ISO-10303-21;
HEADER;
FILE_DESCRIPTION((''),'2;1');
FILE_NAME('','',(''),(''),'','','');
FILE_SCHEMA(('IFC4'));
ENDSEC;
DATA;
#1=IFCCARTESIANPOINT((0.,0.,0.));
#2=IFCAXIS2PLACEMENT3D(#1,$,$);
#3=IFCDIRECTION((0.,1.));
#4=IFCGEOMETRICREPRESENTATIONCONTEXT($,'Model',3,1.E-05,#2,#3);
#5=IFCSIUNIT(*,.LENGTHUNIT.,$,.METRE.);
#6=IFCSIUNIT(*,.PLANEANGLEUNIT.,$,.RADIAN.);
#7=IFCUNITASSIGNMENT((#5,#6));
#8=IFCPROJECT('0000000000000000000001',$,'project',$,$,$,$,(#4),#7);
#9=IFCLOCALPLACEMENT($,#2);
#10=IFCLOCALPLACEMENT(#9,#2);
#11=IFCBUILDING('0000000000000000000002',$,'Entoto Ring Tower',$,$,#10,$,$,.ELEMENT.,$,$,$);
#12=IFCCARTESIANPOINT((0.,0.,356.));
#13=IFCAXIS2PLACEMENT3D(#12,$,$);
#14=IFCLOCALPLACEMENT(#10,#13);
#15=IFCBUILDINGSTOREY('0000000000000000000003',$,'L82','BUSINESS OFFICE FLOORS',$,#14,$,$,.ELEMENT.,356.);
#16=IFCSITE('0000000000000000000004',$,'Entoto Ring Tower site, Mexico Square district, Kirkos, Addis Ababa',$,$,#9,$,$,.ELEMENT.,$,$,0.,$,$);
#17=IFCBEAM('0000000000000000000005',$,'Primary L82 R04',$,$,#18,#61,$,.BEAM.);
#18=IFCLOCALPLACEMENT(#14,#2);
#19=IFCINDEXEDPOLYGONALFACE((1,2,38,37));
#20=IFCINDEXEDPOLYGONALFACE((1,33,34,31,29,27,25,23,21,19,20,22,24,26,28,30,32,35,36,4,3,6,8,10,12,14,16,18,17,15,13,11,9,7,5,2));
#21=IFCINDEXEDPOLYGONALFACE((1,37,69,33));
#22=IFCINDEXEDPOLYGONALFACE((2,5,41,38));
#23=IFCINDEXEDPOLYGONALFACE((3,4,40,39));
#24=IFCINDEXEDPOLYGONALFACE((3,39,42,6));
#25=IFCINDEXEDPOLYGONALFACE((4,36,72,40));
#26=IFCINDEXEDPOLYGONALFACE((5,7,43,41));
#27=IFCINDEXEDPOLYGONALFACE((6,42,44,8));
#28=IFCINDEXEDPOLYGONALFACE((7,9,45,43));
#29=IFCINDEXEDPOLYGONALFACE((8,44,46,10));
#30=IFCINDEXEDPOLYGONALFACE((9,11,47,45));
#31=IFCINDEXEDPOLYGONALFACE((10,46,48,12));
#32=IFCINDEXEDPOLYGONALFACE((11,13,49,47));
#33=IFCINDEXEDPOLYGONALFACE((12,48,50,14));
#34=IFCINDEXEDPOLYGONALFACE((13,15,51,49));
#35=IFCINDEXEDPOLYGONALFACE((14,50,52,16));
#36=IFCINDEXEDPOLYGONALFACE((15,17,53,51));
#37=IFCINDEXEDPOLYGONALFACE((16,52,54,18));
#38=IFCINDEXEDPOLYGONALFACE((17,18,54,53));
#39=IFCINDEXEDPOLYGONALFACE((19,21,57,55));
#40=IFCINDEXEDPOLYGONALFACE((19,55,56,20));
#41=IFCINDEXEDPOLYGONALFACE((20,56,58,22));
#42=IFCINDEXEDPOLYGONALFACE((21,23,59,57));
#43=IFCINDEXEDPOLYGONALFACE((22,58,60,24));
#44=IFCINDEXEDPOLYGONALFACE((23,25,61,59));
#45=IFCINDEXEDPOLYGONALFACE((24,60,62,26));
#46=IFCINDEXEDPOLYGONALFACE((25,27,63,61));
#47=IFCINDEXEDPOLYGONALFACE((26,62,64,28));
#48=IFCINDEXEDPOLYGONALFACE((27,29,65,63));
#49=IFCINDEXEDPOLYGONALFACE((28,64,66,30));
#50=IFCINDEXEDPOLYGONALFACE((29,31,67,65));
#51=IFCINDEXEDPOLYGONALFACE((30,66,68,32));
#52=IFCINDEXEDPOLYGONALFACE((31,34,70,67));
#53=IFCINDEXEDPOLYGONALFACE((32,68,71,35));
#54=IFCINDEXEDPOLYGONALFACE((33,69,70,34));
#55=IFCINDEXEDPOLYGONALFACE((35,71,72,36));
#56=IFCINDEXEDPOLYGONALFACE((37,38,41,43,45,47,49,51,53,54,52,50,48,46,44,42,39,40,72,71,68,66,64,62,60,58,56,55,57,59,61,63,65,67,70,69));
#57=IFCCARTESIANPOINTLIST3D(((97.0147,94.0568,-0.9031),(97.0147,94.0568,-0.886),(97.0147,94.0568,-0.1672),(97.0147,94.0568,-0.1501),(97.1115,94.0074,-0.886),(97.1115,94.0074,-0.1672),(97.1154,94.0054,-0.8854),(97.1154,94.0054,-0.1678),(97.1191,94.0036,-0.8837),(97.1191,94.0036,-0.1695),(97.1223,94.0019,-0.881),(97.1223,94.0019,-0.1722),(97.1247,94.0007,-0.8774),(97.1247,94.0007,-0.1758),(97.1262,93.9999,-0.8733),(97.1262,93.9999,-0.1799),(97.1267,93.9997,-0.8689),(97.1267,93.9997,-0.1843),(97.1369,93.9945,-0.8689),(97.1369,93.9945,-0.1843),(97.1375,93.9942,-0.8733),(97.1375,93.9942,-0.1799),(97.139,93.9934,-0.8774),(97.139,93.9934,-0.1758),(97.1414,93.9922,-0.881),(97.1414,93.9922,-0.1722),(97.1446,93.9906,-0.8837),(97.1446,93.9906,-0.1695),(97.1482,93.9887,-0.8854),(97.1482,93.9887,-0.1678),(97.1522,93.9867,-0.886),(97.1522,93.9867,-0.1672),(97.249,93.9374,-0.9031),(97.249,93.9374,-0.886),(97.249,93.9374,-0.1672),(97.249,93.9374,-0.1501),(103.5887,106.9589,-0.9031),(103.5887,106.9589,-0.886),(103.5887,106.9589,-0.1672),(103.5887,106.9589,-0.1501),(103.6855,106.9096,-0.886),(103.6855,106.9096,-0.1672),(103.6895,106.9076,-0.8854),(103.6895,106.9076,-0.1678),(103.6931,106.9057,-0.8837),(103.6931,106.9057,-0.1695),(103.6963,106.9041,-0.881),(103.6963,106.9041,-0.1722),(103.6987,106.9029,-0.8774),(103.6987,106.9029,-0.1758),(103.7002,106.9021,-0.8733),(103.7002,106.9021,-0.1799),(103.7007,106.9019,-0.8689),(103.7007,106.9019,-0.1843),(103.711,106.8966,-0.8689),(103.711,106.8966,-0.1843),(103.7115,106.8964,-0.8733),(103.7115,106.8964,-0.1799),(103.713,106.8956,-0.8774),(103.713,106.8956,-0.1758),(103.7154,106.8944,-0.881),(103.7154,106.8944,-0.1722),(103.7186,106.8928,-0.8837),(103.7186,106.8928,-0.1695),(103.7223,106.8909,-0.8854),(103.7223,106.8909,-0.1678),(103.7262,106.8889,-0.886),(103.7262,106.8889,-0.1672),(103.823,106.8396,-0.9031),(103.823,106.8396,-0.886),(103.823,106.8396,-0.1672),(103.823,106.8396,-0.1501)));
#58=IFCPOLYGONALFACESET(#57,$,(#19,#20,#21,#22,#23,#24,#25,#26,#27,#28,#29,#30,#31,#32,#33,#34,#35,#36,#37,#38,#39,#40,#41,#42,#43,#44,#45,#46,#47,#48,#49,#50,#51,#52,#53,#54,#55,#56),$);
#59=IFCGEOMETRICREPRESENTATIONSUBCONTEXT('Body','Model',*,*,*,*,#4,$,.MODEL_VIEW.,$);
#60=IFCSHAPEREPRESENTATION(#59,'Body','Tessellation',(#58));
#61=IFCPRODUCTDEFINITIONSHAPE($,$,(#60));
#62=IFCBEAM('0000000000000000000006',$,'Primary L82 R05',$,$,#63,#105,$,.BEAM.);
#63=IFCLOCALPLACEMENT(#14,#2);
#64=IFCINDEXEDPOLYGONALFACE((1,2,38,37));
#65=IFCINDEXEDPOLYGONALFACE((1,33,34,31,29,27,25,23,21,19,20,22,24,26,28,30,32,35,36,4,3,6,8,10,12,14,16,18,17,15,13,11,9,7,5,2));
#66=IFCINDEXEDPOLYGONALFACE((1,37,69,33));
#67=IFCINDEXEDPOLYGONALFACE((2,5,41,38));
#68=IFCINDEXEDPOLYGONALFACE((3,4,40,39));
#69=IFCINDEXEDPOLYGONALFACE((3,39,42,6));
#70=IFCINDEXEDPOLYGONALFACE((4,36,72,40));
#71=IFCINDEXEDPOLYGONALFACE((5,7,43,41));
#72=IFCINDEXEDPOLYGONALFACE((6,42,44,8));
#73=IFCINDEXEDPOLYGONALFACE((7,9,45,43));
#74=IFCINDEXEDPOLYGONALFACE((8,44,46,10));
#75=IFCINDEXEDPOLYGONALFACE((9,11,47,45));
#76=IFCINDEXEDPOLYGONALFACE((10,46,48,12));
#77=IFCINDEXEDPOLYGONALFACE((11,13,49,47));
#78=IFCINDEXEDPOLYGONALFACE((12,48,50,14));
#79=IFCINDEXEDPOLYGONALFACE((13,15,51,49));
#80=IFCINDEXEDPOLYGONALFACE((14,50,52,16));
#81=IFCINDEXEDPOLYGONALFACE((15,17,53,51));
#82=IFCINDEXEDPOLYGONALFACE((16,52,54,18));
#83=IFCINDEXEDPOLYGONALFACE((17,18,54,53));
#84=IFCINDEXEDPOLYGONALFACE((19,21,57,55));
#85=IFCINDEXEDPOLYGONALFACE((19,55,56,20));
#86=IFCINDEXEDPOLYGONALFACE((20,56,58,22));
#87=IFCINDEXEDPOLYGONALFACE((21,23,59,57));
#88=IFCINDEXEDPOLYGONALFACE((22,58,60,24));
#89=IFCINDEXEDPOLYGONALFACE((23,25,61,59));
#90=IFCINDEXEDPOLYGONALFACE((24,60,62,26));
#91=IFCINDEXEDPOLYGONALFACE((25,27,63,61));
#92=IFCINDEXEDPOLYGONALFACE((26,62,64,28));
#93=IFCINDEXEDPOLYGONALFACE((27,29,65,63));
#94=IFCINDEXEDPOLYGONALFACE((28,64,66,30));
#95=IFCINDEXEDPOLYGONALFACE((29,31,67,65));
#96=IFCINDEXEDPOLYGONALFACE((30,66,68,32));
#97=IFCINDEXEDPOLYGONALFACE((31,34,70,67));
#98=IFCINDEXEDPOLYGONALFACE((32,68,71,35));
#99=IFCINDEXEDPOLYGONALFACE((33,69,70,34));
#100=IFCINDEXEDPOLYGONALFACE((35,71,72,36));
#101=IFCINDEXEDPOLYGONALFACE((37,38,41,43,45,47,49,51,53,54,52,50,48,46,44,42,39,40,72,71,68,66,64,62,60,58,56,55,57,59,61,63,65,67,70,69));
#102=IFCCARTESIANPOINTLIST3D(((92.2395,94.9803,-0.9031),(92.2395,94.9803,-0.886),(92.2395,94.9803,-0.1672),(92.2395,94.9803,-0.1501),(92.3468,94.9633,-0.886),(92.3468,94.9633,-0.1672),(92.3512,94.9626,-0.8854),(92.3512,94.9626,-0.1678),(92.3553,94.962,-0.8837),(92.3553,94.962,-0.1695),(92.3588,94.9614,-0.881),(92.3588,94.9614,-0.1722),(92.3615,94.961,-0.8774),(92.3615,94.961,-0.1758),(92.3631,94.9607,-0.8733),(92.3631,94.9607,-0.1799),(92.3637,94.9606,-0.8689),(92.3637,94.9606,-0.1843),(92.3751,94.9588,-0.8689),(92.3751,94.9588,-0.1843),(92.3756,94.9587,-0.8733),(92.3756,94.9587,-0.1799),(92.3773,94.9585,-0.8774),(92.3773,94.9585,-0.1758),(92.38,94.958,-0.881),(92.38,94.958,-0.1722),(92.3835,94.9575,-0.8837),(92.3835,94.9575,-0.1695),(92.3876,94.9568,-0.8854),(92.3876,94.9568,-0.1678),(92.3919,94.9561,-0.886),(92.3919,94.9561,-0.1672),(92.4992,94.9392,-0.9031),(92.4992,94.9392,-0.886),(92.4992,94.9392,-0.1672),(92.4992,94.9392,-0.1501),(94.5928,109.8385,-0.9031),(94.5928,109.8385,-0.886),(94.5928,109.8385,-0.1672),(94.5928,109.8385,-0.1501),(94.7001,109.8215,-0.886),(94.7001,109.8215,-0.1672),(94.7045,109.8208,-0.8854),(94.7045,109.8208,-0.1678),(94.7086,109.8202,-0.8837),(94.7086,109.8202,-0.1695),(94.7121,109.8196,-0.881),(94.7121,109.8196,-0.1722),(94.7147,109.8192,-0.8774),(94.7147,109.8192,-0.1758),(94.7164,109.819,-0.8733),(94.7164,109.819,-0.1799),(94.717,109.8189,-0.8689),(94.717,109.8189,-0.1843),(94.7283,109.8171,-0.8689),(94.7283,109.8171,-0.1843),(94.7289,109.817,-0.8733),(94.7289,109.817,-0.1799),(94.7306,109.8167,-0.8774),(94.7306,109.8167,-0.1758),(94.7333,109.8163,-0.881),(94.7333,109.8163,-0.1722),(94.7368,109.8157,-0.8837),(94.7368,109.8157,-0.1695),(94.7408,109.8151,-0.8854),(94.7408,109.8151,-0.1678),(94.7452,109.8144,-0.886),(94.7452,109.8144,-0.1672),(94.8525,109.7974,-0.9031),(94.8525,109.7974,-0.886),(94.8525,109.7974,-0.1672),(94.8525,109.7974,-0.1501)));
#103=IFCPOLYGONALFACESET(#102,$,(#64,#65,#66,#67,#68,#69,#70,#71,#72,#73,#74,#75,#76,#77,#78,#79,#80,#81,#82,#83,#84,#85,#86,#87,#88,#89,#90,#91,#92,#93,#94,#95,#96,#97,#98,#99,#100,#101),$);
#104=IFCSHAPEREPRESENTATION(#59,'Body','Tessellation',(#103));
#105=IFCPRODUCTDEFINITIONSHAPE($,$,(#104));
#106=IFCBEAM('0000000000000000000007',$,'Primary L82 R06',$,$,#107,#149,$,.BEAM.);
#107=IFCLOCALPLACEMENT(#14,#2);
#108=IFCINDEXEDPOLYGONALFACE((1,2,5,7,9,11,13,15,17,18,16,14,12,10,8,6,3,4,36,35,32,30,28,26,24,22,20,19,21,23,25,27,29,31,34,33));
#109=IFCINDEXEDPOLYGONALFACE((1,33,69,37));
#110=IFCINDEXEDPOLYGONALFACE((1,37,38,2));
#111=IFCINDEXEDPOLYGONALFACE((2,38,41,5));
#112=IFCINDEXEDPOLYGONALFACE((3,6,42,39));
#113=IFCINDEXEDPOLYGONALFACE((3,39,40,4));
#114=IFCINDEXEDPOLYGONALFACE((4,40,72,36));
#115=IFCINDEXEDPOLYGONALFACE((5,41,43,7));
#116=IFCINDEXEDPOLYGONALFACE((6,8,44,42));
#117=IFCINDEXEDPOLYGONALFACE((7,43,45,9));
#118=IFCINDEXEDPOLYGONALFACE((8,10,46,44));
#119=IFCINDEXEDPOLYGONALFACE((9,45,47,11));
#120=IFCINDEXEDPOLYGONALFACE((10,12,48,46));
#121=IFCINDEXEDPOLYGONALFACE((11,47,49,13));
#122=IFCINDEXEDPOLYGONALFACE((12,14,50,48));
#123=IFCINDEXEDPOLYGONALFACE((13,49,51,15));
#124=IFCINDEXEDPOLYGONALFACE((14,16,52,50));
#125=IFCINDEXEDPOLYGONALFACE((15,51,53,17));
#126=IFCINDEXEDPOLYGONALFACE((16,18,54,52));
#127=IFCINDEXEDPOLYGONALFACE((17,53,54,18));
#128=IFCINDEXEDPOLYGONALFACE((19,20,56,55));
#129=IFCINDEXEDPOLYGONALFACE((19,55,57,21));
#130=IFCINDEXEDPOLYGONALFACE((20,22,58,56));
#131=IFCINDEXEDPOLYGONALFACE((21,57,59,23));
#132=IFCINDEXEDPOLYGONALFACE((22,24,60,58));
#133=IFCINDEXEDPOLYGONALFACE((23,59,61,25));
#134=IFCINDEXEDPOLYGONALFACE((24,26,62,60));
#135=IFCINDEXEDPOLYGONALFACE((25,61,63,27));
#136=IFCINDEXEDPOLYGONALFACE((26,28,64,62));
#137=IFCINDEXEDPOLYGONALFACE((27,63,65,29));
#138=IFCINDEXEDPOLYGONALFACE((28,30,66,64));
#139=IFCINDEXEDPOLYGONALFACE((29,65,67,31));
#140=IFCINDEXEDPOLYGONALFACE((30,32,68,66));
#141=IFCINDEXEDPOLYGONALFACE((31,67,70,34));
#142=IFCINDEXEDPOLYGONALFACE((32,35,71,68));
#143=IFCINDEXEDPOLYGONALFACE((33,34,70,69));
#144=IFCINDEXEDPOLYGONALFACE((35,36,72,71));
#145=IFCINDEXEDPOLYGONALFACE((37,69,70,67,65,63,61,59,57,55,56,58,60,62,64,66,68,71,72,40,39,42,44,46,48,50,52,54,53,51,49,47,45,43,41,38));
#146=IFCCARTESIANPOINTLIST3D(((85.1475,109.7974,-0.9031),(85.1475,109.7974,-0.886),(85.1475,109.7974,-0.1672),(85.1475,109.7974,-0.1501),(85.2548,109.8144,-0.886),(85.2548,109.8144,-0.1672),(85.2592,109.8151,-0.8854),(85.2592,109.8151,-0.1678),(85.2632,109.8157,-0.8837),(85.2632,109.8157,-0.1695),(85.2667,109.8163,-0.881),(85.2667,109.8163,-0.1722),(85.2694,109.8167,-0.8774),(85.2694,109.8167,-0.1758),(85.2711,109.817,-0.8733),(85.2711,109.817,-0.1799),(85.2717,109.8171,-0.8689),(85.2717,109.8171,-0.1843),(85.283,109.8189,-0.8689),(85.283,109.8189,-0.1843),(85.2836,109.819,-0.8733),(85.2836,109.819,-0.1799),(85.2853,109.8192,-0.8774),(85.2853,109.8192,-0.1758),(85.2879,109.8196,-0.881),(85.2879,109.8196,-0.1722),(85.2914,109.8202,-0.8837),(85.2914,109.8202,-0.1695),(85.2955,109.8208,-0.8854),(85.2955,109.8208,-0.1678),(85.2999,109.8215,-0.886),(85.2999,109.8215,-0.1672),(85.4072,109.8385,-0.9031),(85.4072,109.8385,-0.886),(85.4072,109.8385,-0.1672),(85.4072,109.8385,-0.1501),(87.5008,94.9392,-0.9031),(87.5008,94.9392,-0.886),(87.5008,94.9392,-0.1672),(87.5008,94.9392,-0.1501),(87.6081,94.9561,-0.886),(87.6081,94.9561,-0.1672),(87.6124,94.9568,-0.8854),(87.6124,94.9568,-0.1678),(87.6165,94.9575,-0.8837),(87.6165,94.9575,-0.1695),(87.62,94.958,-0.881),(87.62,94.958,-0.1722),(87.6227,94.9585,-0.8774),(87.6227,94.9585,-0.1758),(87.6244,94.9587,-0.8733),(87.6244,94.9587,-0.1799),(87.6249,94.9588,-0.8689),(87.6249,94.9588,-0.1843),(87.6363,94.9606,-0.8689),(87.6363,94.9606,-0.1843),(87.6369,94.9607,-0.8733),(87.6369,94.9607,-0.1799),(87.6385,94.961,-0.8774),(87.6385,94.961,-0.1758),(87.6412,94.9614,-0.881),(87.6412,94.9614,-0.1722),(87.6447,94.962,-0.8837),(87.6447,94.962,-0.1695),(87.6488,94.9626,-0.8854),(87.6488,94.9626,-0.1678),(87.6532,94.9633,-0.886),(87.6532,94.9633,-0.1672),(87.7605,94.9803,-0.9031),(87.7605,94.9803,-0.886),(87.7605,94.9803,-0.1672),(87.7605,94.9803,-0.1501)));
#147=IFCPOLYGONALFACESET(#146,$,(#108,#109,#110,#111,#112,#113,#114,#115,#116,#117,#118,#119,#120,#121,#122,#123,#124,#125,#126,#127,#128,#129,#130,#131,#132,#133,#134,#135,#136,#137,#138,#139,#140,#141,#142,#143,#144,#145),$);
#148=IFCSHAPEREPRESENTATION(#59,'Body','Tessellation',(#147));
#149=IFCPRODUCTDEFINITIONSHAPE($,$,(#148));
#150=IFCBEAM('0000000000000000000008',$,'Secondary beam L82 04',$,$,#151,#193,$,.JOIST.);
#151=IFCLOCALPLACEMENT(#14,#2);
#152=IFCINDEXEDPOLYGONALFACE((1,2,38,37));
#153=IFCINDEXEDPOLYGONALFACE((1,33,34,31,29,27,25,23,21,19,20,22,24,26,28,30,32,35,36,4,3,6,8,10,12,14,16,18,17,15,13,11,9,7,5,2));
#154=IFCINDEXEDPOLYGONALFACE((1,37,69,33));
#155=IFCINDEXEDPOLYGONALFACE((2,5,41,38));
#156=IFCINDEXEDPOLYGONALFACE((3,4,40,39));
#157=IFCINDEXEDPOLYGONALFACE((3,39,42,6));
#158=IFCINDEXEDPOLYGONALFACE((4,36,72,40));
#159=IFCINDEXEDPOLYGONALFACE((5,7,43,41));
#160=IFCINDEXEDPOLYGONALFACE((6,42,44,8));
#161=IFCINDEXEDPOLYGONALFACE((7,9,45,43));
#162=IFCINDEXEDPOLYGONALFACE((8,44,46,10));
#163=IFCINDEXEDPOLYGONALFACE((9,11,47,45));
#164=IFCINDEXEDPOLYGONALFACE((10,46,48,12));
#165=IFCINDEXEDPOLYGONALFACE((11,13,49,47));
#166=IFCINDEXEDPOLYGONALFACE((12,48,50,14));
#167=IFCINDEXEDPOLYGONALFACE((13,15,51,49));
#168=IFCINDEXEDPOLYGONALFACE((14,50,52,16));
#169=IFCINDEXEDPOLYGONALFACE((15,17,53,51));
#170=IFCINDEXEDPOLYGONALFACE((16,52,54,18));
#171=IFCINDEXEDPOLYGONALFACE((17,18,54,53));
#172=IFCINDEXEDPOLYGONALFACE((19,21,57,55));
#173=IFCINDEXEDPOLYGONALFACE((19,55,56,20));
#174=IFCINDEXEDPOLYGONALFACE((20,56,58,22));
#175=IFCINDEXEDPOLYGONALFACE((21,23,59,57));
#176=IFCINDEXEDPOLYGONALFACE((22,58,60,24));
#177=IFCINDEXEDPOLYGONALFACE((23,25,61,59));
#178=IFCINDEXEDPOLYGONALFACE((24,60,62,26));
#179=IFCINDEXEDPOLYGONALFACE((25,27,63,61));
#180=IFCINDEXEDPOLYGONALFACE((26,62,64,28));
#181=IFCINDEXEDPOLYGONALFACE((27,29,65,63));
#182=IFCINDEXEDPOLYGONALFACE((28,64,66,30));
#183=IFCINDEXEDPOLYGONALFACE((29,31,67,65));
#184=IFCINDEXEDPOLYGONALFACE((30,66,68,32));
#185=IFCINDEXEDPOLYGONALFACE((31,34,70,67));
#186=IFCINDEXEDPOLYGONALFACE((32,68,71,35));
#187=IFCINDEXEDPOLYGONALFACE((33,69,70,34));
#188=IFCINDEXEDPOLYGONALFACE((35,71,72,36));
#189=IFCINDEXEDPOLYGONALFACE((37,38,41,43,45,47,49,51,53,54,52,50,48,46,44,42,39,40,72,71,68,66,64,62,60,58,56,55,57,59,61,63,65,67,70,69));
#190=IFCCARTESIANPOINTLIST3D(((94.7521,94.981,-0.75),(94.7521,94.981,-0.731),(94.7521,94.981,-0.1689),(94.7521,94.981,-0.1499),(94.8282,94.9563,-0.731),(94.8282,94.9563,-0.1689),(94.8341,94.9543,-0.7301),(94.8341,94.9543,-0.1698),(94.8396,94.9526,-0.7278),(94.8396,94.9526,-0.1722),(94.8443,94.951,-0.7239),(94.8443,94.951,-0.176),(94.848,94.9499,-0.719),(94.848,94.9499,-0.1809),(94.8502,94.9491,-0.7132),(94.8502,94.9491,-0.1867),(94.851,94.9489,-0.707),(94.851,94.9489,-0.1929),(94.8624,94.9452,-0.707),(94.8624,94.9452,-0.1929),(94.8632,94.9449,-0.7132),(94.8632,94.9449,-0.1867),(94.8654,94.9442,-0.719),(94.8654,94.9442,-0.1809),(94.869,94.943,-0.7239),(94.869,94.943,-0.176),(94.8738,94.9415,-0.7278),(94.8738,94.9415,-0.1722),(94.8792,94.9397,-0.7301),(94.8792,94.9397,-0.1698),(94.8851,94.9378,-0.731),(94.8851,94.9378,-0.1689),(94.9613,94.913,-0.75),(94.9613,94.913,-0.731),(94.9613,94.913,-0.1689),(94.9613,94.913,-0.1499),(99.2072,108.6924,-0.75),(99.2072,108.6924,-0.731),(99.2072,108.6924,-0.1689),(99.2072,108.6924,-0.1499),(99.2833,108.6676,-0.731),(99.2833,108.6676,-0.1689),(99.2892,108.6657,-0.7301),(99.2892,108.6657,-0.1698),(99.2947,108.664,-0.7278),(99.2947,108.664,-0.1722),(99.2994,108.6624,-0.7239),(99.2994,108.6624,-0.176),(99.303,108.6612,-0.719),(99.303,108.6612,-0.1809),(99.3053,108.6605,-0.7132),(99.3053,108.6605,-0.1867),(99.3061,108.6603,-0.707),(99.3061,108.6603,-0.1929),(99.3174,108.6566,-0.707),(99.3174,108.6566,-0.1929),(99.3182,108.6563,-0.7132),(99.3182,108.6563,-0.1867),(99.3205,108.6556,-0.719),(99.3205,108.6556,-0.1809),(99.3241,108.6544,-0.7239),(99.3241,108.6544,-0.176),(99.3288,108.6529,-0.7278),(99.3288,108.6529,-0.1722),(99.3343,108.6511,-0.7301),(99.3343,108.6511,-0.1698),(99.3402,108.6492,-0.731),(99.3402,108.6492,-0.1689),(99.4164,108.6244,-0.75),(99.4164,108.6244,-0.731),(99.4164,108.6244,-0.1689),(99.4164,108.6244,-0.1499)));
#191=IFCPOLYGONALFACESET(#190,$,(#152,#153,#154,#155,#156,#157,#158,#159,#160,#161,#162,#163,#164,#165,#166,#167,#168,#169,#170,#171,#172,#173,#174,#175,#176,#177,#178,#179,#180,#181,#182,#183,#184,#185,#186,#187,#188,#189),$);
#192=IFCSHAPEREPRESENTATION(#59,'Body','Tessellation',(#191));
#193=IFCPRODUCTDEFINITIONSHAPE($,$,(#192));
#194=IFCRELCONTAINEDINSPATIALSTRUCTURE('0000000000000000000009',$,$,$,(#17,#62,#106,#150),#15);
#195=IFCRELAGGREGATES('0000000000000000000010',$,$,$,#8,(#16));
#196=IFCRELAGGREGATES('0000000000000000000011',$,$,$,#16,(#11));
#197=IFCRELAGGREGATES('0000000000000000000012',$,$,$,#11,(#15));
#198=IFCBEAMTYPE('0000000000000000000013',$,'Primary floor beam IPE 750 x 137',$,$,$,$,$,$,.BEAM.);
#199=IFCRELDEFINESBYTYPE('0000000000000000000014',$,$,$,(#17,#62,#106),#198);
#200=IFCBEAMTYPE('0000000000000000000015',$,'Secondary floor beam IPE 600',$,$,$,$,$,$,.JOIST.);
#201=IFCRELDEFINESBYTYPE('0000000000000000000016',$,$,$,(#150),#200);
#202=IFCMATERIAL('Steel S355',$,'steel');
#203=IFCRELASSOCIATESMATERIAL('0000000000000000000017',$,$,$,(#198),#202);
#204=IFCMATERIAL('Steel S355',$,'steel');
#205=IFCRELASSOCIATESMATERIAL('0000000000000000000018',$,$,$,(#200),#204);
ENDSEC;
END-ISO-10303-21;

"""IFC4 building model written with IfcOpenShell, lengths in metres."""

from ifc_helpers import new_model, si_unit, direction, frame, origin, origin_2d, place, context, subcontext, project, spatial, i_section, extrude, material, material_profile, profile_set, type_object, element, save


model = new_model("IFC4")

# Units and contexts
model_context = context("Model", 3, precision=1e-05, world=origin(), true_north=direction((0.0, 1.0)))
body_context = subcontext(model_context, "Body", "Model", "MODEL_VIEW")
ifc_project = project(units=[si_unit("LENGTHUNIT", "METRE"), si_unit("PLANEANGLEUNIT", "RADIAN")], contexts=[model_context])

# Site, building, storey
site_placement = place(None, origin())
site = spatial("IfcSite", under=ifc_project, at=site_placement, Name="Entoto Ring Tower site, Mexico Square district, Kirkos, Addis Ababa", CompositionType="ELEMENT", RefElevation=0.0)
building_placement = place(site_placement, origin())
building = spatial("IfcBuilding", under=site, at=building_placement, Name="Entoto Ring Tower", CompositionType="ELEMENT")
storey_placement = place(building_placement, frame((0.0, 0.0, 356.0)))
storey = spatial("IfcBuildingStorey", under=building, at=storey_placement, Name="L82", Description="BUSINESS OFFICE FLOORS", CompositionType="ELEMENT", Elevation=356.0)

# Beams
ifc_material_1 = material(Name="Steel S355", Category="steel")
ifc_material_profile_1 = material_profile(ifc_material_1, i_section(OverallWidth=0.2629, OverallDepth=0.7529, WebThickness=0.0115, FlangeThickness=0.0171, FilletRadius=0.0171, at=origin_2d()), Name="IPE 750 x 137")
ifc_profile_set_1 = profile_set([ifc_material_profile_1], Name="Steel S355")
beam_type_1 = type_object("IfcBeamType", Name="Primary floor beam IPE 750 x 137", PredefinedType="BEAM", material=ifc_profile_set_1)
beam_1_placement = place(storey_placement, frame((97.1318, 93.9971, -0.5266), z_axis=(0.453992, 0.891006, 0.0), x_axis=(-0.891006, 0.453992, 0.0)))
element("IfcBeam", 1, at=beam_1_placement, inside=storey, type_object=beam_type_1, Name="Primary L82 R04", PredefinedType="BEAM", context=body_context, shape_type="SweptSolid", body=[
    extrude(i_section(OverallWidth=0.2629, OverallDepth=0.7529, WebThickness=0.0115, FlangeThickness=0.0171, FilletRadius=0.0171, at=origin_2d()), origin(), (0.0, 0.0, 1.0), 14.4805),
])
for number, where, z_axis, x_axis, name in (
    (2, (92.3694, 94.9597, -0.5266), (0.156433, 0.987689, 0.0), (-0.987689, 0.156433, 0.0), "Primary L82 R05"),
    (3, (87.6306, 94.9597, -0.5266), (-0.156433, 0.987689, 0.0), (-0.987689, -0.156433, 0.0), "Primary L82 R06"),
):
    element("IfcBeam", number, at=place(storey_placement, frame(where, z_axis=z_axis, x_axis=x_axis)), inside=storey, type_object=beam_type_1, Name=name, PredefinedType="BEAM", context=body_context, shape_type="SweptSolid", body=[
        extrude(i_section(OverallWidth=0.2629, OverallDepth=0.7529, WebThickness=0.0115, FlangeThickness=0.0171, FilletRadius=0.0171, at=origin_2d()), origin(), (0.0, 0.0, 1.0), 15.0435),
    ])
ifc_material_2 = material(Name="Steel S355", Category="steel")
ifc_material_profile_2 = material_profile(ifc_material_2, i_section(OverallWidth=0.22, OverallDepth=0.6001, WebThickness=0.012, FlangeThickness=0.019, FilletRadius=0.0239, at=origin_2d()), Name="IPE 600")
ifc_profile_set_2 = profile_set([ifc_material_profile_2], Name="Steel S355")
beam_type_2 = type_object("IfcBeamType", Name="Secondary floor beam IPE 600", PredefinedType="JOIST", material=ifc_profile_set_2)
beam_2_placement = place(storey_placement, frame((94.8567, 94.947, -0.45), z_axis=(0.309015, 0.951057, 0.0), x_axis=(-0.951057, 0.309015, 0.0)))
element("IfcBeam", 4, at=beam_2_placement, inside=storey, type_object=beam_type_2, Name="Secondary beam L82 04", PredefinedType="JOIST", context=body_context, shape_type="SweptSolid", body=[
    extrude(i_section(OverallWidth=0.22, OverallDepth=0.6001, WebThickness=0.012, FlangeThickness=0.019, FilletRadius=0.0239, at=origin_2d()), origin(), (0.0, 0.0, 1.0), 14.417),
])

save(model, "model.ifc")
